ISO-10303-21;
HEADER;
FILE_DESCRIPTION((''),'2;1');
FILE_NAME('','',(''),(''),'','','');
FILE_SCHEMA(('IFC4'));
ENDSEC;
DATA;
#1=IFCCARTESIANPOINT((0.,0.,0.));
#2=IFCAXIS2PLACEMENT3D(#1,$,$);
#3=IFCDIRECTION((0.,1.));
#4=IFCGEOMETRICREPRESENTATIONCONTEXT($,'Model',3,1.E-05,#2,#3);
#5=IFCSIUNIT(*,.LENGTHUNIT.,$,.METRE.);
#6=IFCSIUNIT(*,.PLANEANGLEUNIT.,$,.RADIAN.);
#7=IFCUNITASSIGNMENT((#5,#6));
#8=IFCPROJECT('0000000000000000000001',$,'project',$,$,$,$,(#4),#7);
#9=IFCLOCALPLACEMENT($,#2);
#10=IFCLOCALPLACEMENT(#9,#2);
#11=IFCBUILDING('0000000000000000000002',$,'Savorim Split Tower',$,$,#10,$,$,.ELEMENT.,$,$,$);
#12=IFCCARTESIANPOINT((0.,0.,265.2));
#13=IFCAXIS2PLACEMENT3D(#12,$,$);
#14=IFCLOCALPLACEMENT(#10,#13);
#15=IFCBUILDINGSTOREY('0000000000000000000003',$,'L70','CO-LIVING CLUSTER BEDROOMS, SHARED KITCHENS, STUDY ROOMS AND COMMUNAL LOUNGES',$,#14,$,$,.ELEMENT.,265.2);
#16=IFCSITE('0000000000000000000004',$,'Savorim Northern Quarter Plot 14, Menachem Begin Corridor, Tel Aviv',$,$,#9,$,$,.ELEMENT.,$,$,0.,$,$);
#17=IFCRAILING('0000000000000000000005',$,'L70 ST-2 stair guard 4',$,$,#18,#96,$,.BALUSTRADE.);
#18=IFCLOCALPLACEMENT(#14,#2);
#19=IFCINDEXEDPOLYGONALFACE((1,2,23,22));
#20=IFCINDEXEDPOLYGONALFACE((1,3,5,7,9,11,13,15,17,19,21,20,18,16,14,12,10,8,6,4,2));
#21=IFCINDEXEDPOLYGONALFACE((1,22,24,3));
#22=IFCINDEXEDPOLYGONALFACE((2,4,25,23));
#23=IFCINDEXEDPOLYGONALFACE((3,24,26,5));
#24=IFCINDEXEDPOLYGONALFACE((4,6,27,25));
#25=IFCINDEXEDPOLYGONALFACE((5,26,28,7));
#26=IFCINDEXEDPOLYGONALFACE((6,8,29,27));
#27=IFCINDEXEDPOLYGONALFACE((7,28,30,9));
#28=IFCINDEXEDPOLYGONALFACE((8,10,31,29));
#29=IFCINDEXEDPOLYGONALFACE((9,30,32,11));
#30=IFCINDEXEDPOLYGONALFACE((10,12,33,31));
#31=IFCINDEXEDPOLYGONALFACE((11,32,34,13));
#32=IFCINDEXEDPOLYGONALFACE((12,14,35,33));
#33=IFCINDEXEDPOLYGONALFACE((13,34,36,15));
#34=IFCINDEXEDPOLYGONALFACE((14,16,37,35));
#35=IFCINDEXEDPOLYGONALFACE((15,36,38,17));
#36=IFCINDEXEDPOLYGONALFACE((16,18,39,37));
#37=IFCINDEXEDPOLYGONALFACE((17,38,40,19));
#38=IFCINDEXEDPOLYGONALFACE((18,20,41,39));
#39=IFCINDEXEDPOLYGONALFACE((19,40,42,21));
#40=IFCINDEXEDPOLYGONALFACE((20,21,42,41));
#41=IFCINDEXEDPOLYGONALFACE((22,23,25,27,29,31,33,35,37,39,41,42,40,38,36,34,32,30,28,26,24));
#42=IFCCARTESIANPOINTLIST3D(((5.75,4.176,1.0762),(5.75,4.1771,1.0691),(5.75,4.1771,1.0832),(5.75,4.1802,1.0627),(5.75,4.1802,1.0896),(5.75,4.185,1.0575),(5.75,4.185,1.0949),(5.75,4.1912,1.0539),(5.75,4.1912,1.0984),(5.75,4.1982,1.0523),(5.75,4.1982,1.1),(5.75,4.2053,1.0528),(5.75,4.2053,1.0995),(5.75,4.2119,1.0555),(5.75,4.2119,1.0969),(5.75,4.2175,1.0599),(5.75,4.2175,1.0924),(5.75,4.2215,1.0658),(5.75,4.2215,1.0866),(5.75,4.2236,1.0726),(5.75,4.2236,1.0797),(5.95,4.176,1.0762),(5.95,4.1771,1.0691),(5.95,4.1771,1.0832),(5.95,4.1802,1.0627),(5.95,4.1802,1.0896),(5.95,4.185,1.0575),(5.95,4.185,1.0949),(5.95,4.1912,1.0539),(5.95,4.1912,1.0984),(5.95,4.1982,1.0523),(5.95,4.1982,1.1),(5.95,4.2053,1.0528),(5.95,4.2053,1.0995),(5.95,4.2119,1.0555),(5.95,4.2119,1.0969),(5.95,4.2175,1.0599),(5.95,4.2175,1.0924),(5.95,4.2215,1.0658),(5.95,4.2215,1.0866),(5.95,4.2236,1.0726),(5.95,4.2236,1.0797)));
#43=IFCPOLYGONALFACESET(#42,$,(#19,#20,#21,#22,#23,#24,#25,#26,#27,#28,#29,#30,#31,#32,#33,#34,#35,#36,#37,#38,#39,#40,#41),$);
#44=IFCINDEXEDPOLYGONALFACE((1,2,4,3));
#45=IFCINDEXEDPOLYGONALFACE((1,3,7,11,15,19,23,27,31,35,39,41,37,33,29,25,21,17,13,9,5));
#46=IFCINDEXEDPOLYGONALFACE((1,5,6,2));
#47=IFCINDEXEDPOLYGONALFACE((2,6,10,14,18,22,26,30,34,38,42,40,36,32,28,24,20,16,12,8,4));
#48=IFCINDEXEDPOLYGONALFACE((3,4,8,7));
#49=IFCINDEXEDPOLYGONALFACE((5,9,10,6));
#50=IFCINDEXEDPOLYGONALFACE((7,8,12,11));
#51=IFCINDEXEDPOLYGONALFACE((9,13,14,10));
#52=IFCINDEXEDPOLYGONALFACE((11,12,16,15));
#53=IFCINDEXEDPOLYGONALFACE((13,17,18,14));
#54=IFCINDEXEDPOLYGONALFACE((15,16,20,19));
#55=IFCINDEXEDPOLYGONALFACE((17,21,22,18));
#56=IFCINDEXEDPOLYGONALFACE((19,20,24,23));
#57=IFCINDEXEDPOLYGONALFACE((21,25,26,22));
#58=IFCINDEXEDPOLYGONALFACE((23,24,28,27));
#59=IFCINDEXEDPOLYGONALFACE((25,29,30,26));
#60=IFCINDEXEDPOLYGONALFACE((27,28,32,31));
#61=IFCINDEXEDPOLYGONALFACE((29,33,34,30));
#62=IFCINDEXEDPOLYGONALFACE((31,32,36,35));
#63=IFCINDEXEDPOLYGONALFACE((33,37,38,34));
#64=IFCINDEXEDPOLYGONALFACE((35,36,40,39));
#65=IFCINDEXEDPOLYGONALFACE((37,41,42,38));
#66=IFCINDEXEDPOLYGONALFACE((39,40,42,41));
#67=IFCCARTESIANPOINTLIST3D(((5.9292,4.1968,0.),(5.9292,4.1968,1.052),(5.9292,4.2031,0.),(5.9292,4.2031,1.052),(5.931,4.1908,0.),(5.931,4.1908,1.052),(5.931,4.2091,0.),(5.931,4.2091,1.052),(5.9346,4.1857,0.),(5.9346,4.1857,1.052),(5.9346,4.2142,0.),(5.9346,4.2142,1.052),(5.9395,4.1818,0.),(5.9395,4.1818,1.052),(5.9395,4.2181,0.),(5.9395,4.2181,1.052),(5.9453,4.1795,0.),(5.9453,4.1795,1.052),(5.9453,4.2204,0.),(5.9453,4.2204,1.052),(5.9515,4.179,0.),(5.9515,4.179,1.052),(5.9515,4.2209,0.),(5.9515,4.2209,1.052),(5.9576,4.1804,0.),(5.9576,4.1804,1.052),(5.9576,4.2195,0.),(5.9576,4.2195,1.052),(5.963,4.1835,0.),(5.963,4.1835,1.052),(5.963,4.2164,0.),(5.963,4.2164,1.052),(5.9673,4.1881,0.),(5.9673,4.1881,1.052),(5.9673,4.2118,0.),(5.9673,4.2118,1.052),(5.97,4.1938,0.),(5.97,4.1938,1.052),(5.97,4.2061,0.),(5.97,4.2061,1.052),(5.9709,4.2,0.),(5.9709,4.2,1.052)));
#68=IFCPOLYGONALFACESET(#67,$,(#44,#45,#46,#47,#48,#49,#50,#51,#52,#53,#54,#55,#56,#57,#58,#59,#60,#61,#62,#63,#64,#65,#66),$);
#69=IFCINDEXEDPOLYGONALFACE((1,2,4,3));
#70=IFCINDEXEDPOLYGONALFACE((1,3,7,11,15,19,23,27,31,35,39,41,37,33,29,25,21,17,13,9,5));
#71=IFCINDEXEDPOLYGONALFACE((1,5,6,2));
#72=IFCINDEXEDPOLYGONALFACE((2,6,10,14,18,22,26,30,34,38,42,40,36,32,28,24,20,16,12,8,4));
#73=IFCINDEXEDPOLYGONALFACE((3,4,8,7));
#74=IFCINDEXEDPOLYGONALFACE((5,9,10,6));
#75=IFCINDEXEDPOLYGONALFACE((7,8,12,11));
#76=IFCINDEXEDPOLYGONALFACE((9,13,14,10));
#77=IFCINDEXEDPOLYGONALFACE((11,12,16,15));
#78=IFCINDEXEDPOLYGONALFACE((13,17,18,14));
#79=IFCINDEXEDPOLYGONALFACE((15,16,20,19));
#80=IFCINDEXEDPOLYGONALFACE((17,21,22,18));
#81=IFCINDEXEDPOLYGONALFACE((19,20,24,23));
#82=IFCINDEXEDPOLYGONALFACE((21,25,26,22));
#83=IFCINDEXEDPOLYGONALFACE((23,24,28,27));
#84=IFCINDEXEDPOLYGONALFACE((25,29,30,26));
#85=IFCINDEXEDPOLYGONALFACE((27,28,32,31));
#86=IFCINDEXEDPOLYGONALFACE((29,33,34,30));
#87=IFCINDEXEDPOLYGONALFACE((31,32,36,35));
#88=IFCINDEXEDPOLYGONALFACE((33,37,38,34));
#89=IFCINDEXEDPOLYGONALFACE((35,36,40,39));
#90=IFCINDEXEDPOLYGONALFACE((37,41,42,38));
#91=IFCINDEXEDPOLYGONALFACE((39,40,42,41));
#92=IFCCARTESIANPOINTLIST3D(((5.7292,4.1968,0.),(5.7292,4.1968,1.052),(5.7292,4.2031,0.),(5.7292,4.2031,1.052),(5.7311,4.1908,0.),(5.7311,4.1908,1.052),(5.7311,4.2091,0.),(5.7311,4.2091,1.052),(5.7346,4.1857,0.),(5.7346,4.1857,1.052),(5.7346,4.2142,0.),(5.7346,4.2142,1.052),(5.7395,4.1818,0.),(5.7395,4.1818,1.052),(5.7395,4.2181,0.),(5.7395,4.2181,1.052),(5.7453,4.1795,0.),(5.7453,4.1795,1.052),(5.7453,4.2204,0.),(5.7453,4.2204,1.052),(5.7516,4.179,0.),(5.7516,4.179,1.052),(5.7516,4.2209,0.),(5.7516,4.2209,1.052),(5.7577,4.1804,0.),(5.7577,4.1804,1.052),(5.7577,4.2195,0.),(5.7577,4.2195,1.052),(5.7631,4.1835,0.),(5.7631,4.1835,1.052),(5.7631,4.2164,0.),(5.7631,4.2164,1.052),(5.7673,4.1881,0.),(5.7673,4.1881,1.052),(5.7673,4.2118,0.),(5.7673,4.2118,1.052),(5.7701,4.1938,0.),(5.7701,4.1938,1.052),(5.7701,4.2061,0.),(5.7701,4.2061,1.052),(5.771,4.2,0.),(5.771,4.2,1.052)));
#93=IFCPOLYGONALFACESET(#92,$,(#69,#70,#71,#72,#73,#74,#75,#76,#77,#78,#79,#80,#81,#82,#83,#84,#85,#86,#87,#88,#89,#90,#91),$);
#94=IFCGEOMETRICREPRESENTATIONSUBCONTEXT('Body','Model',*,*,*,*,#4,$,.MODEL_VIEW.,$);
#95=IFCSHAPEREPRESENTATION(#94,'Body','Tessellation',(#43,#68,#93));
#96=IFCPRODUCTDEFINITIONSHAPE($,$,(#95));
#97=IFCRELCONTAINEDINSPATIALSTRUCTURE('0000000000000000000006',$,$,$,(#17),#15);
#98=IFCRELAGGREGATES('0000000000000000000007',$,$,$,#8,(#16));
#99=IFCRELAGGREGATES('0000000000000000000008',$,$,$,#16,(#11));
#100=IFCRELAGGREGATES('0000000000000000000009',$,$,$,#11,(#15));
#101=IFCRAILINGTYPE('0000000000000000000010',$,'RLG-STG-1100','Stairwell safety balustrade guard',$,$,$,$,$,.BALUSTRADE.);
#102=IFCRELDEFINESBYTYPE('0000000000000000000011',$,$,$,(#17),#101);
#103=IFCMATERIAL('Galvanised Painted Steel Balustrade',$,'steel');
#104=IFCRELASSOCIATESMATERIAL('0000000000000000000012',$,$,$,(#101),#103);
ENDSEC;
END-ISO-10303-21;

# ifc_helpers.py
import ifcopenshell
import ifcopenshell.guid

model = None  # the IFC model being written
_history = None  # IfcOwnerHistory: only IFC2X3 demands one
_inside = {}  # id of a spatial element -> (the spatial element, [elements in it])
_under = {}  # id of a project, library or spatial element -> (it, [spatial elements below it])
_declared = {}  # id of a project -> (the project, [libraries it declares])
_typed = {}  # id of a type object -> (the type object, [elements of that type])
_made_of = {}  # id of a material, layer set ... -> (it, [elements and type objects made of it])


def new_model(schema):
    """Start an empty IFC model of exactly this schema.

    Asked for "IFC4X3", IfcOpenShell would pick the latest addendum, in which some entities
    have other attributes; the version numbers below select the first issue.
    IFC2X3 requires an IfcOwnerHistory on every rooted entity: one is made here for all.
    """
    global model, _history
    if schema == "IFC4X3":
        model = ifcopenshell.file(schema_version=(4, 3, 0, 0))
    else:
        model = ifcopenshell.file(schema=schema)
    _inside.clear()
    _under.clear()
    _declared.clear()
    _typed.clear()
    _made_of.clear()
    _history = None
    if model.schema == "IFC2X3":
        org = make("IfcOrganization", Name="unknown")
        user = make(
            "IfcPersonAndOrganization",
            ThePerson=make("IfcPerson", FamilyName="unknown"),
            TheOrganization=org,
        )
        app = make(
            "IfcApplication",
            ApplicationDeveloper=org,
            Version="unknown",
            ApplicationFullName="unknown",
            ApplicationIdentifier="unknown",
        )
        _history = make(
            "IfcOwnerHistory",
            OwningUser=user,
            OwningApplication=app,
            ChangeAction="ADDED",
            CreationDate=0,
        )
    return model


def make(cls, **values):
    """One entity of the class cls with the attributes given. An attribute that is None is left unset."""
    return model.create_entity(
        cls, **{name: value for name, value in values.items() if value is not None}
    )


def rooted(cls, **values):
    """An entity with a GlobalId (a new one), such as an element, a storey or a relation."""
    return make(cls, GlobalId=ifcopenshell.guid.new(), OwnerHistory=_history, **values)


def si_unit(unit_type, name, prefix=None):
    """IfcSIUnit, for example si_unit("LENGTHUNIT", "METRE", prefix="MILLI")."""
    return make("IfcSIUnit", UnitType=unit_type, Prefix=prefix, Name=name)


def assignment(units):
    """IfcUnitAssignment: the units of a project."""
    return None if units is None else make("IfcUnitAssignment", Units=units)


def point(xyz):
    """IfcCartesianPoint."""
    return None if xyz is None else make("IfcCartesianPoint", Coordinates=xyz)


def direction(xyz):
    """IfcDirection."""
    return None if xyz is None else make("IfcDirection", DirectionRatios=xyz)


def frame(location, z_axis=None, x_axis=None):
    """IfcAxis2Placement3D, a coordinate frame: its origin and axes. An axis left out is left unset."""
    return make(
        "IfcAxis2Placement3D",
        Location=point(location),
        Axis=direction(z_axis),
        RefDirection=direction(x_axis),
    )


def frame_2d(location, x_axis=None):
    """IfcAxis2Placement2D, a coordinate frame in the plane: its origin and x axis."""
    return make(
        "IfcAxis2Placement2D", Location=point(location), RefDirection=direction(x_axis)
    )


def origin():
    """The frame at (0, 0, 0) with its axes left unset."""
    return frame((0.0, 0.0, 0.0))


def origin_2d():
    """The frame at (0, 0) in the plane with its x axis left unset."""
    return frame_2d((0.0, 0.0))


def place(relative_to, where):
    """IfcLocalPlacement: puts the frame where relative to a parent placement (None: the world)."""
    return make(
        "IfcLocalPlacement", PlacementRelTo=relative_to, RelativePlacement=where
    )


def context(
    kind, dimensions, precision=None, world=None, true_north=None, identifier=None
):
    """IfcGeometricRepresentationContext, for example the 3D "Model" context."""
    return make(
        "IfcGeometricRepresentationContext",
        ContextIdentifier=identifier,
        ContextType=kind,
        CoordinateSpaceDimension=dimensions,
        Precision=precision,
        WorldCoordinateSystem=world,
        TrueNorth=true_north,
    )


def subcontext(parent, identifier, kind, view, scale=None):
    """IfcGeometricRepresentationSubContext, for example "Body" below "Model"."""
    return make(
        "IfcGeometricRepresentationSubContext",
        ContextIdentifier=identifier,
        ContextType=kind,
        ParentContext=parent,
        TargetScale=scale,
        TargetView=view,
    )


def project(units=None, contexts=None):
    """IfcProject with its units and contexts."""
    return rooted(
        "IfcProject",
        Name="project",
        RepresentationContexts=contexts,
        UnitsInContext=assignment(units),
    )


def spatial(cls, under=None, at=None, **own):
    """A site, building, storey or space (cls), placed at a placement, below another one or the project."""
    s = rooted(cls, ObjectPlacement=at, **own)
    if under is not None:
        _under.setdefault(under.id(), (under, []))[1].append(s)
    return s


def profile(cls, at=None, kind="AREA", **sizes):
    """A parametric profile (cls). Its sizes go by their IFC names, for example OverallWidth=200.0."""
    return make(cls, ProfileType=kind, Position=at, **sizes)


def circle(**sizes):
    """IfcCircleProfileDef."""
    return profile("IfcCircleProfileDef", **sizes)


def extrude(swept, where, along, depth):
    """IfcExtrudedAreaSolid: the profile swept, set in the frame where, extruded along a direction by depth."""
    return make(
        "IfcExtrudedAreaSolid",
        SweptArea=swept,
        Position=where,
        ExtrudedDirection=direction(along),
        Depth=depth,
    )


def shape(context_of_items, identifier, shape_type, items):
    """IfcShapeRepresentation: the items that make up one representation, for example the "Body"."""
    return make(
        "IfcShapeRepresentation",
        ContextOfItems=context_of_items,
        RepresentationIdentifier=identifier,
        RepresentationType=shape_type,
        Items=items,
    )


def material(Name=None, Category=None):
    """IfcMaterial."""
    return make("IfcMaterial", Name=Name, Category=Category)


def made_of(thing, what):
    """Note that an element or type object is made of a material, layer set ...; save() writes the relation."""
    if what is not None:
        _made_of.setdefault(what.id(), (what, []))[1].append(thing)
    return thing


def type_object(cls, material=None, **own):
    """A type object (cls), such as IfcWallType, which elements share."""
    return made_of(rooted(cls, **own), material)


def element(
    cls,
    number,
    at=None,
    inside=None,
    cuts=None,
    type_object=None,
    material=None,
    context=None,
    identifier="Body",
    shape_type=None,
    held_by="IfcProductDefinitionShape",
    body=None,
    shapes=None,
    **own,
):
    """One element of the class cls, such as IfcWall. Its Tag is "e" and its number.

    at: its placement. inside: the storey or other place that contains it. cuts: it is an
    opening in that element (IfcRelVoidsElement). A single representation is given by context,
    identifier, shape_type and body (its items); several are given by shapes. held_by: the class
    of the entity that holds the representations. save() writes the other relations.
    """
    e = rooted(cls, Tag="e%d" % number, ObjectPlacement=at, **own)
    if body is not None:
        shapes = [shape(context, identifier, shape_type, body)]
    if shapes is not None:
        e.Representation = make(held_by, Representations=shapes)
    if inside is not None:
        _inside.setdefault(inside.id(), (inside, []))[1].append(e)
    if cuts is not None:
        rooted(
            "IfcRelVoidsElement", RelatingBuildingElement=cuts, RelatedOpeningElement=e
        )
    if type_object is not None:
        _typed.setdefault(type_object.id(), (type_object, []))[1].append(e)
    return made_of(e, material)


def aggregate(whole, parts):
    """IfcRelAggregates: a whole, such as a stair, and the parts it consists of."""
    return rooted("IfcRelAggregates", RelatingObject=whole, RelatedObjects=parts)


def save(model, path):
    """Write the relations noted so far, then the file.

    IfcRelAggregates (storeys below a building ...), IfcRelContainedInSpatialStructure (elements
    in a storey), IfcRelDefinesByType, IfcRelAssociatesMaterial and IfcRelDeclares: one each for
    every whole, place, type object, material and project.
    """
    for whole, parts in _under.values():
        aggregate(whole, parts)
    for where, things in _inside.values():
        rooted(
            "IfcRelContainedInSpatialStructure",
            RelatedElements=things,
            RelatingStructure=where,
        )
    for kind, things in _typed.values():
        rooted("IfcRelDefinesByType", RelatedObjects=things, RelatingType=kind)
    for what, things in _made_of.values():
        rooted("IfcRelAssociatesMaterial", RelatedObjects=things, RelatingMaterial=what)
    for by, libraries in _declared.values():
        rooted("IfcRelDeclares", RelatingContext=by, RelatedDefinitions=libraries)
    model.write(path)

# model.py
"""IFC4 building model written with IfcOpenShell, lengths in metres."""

from ifc_helpers import new_model, si_unit, direction, frame, origin, origin_2d, place, context, subcontext, project, spatial, circle, extrude, material, type_object, element, save


model = new_model("IFC4")

# Units and contexts
model_context = context("Model", 3, precision=1e-05, world=origin(), true_north=direction((0.0, 1.0)))
body_context = subcontext(model_context, "Body", "Model", "MODEL_VIEW")
ifc_project = project(units=[si_unit("LENGTHUNIT", "METRE"), si_unit("PLANEANGLEUNIT", "RADIAN")], contexts=[model_context])

# Site, building, storey
site_placement = place(None, origin())
site = spatial("IfcSite", under=ifc_project, at=site_placement, Name="Savorim Northern Quarter Plot 14, Menachem Begin Corridor, Tel Aviv", CompositionType="ELEMENT", RefElevation=0.0)
building_placement = place(site_placement, origin())
building = spatial("IfcBuilding", under=site, at=building_placement, Name="Savorim Split Tower", CompositionType="ELEMENT")
storey_placement = place(building_placement, frame((0.0, 0.0, 265.2)))
storey = spatial("IfcBuildingStorey", under=building, at=storey_placement, Name="L70", Description="CO-LIVING CLUSTER BEDROOMS, SHARED KITCHENS, STUDY ROOMS AND COMMUNAL LOUNGES", CompositionType="ELEMENT", Elevation=265.2)

# Railing
ifc_material_1 = material(Name="Galvanised Painted Steel Balustrade", Category="steel")
railing_type_1 = type_object("IfcRailingType", Name="RLG-STG-1100", Description="Stairwell safety balustrade guard", PredefinedType="BALUSTRADE", material=ifc_material_1)
railing_1_placement = place(storey_placement, frame((5.95, 4.2, 0.0)))
element("IfcRailing", 1, at=railing_1_placement, inside=storey, type_object=railing_type_1, Name="L70 ST-2 stair guard 4", PredefinedType="BALUSTRADE", context=body_context, shape_type="SweptSolid", body=[
    extrude(circle(Radius=0.0239, at=origin_2d()), frame((0.0, 0.0, 1.0762), z_axis=(-1.0, 0.0, 0.0), x_axis=(0.0, -1.0, 0.0)), (0.0, 0.0, 1.0), 0.2),
    extrude(circle(Radius=0.021, at=origin_2d()), origin(), (0.0, 0.0, 1.0), 1.052),
    extrude(circle(Radius=0.021, at=origin_2d()), frame((-0.2, 0.0, 0.0)), (0.0, 0.0, 1.0), 1.052),
])

save(model, "model.ifc")
